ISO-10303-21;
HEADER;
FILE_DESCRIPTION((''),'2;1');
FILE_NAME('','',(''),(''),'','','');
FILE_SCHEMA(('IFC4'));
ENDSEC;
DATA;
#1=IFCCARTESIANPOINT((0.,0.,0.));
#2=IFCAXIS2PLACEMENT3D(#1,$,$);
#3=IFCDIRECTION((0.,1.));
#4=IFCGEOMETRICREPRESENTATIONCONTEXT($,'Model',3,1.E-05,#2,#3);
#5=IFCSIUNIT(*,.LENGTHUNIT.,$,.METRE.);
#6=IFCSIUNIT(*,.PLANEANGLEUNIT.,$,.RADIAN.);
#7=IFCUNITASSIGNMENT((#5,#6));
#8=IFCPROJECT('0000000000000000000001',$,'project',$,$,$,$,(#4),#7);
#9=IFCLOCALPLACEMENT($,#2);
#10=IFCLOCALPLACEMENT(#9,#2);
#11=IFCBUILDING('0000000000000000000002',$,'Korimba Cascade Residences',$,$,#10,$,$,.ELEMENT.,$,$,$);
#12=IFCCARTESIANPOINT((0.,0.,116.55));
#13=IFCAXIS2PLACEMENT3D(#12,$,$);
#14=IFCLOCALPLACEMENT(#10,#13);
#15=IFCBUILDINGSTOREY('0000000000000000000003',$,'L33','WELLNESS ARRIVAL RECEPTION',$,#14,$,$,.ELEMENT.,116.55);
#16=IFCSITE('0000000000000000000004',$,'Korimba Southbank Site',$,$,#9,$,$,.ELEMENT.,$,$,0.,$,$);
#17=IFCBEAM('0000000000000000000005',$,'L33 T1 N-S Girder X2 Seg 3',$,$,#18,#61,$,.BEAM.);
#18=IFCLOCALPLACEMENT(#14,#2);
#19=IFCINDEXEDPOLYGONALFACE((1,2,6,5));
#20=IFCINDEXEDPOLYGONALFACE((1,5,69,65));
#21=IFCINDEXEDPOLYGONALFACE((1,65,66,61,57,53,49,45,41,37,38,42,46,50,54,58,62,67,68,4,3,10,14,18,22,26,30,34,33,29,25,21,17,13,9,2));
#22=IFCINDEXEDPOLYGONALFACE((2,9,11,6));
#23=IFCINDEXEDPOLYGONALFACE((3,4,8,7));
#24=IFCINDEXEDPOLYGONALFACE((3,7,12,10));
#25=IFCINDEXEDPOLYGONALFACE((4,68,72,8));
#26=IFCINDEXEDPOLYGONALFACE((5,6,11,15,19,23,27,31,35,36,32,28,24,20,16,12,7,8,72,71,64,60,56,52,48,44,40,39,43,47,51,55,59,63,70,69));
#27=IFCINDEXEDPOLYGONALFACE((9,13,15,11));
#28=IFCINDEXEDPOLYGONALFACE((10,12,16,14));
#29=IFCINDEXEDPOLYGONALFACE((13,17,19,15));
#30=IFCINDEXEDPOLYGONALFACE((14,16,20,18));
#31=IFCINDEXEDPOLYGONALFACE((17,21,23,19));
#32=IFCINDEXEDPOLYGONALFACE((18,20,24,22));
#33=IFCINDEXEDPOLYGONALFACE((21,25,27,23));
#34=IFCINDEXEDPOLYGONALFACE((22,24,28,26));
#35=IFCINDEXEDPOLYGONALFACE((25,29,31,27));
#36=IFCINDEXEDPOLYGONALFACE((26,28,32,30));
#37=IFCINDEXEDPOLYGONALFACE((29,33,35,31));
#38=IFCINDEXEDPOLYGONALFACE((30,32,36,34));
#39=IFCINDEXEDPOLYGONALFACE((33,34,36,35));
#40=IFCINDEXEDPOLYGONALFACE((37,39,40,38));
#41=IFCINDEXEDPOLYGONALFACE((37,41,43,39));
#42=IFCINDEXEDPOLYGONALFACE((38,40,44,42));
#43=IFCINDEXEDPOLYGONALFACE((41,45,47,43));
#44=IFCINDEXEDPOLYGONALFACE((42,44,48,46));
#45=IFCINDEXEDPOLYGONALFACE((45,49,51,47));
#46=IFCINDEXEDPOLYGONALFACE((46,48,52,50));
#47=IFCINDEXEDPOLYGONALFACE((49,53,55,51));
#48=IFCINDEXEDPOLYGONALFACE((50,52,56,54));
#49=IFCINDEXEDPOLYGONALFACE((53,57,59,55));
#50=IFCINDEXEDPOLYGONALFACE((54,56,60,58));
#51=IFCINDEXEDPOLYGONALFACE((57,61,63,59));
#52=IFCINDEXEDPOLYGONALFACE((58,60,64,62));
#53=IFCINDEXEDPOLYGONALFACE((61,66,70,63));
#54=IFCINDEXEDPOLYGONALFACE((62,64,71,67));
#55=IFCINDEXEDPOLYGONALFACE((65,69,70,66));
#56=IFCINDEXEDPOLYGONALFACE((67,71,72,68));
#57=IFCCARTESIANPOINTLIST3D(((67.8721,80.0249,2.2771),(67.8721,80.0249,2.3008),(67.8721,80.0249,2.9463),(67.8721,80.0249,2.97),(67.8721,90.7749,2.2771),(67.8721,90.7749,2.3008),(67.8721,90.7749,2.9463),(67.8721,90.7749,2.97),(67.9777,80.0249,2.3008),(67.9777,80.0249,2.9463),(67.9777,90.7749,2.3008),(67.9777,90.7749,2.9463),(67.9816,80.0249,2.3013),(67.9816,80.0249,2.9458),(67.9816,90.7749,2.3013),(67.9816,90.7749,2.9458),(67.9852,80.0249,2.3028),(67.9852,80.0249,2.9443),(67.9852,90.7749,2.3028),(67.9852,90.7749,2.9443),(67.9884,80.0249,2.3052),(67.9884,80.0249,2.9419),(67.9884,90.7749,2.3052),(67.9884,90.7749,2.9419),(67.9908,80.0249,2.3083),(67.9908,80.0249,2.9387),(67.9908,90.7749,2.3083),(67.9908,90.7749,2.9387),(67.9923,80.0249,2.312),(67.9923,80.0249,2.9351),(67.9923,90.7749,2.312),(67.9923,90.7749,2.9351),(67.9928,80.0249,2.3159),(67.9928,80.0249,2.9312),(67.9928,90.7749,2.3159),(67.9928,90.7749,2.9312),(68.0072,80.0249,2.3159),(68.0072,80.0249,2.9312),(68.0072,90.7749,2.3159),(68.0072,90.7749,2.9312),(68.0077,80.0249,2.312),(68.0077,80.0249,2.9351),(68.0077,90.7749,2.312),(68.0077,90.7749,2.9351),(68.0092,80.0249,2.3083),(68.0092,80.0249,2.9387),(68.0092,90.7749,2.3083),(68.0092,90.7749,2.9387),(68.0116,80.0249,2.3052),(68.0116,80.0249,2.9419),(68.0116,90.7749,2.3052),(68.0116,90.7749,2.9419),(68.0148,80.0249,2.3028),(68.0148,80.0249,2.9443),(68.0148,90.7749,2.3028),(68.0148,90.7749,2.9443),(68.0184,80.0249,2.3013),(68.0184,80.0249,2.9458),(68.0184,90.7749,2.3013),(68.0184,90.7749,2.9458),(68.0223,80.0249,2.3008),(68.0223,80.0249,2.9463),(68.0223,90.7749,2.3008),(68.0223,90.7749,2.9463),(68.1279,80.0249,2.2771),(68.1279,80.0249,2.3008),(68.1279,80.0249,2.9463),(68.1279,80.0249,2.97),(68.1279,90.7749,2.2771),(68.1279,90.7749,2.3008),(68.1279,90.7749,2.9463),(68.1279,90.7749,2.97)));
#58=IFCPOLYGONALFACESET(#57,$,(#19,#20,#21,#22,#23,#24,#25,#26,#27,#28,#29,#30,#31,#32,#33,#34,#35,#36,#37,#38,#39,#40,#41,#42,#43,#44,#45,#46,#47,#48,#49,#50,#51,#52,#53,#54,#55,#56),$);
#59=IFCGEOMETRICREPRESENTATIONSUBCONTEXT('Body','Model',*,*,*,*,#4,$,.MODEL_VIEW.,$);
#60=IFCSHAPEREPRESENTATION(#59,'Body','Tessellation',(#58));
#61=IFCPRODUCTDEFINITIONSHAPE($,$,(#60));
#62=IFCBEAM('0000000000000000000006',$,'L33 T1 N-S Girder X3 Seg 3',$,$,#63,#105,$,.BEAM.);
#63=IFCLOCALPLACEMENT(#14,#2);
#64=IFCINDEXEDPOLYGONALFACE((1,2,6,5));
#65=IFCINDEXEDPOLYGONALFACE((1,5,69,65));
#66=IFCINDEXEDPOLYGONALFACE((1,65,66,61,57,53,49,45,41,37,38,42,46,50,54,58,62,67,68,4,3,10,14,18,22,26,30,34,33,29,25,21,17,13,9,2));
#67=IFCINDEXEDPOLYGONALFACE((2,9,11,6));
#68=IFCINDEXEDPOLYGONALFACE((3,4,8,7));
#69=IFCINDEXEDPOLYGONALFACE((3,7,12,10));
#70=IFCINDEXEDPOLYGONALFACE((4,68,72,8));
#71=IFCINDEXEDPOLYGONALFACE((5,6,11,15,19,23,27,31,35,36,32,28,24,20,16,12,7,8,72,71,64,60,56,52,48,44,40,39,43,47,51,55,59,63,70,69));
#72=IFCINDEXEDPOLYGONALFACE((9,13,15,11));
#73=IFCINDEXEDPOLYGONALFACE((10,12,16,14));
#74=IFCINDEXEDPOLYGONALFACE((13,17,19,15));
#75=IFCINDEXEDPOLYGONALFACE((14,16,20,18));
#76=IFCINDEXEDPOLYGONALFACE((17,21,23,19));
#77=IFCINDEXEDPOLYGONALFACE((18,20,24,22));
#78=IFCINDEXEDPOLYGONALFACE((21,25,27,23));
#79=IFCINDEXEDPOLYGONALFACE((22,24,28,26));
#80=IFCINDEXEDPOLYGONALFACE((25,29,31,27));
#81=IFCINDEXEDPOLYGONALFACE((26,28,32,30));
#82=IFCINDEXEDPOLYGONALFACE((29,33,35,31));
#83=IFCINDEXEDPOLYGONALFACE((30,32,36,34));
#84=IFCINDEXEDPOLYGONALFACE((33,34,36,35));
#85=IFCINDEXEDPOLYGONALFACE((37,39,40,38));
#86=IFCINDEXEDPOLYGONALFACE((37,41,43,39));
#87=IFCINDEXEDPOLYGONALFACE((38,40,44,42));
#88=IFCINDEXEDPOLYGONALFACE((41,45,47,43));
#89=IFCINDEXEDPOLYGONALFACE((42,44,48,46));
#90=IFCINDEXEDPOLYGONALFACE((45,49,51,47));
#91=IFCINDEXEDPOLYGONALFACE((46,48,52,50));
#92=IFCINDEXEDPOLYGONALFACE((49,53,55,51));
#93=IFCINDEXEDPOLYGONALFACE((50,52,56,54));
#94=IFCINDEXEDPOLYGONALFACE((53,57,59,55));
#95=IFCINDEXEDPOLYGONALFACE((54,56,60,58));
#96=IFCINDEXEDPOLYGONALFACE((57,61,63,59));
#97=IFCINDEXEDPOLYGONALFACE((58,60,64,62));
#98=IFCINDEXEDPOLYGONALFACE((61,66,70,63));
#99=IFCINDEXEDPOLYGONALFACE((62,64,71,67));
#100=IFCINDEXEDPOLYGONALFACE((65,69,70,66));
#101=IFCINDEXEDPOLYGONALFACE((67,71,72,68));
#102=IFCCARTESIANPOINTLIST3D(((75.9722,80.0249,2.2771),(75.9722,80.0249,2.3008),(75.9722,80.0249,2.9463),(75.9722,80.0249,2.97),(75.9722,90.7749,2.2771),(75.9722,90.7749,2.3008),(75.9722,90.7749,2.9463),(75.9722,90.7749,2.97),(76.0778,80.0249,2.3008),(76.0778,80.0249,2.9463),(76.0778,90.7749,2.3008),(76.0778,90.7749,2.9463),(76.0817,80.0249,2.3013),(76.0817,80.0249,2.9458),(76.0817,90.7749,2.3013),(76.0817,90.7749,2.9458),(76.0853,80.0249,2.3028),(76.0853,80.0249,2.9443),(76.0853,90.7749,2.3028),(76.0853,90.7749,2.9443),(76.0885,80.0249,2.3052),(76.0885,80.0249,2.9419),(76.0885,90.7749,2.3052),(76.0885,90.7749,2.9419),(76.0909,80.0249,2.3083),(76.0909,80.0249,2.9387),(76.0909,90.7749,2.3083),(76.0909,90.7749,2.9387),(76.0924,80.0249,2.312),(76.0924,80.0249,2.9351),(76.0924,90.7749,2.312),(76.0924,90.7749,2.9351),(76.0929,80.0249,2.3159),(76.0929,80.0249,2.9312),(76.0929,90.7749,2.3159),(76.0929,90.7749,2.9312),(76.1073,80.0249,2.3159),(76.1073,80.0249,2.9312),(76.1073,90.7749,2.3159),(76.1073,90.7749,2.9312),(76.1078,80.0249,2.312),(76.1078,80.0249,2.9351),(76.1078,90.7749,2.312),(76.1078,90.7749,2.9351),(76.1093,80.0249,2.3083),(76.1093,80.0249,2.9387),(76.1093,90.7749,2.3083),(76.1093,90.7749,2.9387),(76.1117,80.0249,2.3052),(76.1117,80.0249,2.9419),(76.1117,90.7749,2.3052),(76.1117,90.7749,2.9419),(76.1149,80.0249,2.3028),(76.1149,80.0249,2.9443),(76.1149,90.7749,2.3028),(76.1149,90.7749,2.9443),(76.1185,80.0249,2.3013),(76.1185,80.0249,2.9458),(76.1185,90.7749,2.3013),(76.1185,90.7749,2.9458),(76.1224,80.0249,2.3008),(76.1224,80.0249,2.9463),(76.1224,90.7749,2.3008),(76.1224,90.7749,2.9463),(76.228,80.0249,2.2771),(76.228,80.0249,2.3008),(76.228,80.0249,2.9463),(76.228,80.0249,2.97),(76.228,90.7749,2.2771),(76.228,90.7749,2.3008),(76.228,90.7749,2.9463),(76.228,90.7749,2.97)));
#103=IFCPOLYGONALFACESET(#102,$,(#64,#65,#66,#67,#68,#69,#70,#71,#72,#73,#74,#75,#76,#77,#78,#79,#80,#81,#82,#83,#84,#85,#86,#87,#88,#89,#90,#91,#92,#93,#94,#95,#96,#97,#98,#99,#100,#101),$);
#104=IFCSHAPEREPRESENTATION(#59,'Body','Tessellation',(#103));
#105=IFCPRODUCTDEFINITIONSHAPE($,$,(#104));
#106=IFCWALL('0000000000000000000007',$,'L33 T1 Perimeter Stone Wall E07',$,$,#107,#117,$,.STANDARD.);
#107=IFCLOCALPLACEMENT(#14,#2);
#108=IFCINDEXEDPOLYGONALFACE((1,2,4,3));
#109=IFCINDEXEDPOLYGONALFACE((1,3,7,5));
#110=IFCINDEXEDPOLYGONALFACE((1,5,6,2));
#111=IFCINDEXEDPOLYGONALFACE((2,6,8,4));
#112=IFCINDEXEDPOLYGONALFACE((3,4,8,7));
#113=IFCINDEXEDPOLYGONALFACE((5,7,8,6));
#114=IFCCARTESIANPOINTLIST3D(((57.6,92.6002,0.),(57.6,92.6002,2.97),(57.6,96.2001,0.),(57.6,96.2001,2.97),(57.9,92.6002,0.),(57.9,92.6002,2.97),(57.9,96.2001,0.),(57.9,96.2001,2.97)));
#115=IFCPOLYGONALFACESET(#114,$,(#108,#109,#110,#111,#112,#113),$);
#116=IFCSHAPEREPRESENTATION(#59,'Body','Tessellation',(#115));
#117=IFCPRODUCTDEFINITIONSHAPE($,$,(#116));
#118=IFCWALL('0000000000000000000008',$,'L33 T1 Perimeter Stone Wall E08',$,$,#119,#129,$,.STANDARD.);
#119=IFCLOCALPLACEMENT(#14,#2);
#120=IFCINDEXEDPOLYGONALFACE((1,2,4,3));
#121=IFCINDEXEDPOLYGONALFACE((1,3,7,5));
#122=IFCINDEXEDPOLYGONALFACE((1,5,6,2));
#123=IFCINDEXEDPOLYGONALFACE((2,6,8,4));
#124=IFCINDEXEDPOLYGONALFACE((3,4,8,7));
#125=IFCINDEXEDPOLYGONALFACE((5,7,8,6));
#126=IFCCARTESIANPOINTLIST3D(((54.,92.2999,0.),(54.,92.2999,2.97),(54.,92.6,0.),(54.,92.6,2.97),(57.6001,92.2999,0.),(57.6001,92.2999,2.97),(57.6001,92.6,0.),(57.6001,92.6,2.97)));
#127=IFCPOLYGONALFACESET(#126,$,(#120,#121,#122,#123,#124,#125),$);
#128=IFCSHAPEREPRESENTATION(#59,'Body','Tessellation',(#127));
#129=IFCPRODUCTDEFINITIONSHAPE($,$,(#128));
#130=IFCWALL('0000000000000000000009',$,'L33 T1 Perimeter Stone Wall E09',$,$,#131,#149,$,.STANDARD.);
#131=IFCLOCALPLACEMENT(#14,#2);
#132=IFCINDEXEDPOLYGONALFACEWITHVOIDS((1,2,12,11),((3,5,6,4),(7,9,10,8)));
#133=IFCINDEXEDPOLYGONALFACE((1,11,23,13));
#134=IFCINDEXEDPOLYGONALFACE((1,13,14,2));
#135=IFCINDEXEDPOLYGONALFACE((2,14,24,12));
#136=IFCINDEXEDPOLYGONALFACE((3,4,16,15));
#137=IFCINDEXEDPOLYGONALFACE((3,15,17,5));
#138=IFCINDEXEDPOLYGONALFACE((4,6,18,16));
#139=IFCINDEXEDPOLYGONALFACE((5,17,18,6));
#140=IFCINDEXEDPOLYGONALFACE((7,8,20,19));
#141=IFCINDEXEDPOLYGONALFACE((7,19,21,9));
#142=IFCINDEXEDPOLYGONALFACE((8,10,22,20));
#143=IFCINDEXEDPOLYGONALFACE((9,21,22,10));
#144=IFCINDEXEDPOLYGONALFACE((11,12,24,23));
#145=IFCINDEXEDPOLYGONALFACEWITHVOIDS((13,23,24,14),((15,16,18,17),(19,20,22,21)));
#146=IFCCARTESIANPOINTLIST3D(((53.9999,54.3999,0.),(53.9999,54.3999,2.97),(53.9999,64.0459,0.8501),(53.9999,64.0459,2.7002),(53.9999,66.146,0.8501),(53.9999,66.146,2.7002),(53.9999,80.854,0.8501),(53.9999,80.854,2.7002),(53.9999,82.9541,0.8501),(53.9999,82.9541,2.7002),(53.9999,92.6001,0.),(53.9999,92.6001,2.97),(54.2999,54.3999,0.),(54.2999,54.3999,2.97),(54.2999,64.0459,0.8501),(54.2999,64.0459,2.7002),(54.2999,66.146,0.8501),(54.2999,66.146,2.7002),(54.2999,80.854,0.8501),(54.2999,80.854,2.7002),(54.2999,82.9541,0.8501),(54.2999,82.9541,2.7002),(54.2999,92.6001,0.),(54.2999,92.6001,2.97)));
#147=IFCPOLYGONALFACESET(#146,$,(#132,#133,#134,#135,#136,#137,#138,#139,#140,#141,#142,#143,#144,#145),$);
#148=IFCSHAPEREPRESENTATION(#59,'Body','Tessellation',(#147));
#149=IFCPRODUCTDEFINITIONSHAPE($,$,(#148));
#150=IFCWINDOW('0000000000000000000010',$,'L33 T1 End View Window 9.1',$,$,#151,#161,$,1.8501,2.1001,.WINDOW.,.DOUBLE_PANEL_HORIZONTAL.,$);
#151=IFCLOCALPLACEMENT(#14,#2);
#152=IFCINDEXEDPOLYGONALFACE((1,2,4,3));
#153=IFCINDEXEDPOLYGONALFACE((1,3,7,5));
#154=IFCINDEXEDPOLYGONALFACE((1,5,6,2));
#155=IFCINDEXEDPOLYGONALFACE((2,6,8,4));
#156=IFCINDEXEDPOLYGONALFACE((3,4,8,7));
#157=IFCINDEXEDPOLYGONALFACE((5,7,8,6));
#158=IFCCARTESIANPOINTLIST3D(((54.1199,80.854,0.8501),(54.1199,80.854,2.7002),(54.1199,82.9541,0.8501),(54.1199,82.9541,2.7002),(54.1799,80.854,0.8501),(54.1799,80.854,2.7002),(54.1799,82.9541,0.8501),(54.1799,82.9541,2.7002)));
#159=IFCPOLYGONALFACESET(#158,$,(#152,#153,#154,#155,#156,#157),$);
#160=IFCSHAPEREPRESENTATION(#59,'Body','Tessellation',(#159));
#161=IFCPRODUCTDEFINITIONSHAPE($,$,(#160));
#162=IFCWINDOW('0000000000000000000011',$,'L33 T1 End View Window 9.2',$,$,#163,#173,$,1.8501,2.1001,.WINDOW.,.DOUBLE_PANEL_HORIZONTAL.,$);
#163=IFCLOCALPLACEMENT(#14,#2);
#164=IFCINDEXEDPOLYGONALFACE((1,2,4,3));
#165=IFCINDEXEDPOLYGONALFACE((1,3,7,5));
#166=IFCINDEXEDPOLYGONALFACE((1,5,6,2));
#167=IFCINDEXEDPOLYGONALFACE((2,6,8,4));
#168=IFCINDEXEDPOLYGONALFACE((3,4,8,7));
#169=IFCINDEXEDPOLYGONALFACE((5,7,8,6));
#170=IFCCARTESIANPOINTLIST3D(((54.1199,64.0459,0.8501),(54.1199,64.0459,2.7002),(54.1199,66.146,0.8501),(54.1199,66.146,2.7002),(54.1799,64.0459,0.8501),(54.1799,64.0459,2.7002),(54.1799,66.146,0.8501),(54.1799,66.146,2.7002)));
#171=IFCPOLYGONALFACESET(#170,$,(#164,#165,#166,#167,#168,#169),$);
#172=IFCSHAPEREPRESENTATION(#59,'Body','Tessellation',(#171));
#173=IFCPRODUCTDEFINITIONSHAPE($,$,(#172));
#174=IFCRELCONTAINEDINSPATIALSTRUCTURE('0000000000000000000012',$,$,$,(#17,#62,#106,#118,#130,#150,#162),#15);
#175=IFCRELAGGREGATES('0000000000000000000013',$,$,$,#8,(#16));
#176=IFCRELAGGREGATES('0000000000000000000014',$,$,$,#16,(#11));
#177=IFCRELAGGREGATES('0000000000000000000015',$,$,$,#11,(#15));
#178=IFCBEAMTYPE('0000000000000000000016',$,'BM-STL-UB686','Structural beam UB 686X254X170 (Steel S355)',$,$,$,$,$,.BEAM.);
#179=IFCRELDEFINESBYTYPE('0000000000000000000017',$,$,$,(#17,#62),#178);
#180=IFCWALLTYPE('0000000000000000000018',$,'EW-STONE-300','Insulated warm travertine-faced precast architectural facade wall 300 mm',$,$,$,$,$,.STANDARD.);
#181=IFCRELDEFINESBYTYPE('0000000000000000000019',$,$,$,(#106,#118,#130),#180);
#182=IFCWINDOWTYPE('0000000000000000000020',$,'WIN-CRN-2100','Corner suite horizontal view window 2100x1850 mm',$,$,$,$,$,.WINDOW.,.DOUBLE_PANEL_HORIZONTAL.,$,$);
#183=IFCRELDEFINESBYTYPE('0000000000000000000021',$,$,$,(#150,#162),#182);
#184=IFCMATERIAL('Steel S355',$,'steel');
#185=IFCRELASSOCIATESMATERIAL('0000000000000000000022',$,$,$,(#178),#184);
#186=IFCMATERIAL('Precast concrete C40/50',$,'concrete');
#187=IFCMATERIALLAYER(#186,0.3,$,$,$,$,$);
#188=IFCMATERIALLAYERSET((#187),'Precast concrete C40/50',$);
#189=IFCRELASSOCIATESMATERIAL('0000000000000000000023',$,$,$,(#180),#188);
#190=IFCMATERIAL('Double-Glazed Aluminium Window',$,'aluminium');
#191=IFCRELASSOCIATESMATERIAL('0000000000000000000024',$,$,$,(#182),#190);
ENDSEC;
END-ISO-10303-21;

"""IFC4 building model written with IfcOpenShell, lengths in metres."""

from ifc_helpers import new_model, si_unit, direction, frame, frame_2d, origin, origin_2d, place, context, subcontext, project, spatial, rectangle, i_section, extrude, material, layer, layer_set, material_profile, profile_set, type_object, element, fill, save


model = new_model("IFC4")

# Units and contexts
model_context = context("Model", 3, precision=1e-05, world=origin(), true_north=direction((0.0, 1.0)))
body_context = subcontext(model_context, "Body", "Model", "MODEL_VIEW")
ifc_project = project(units=[si_unit("LENGTHUNIT", "METRE"), si_unit("PLANEANGLEUNIT", "RADIAN")], contexts=[model_context])

# Site, building, storey
site_placement = place(None, origin())
site = spatial("IfcSite", under=ifc_project, at=site_placement, Name="Korimba Southbank Site", CompositionType="ELEMENT", RefElevation=0.0)
building_placement = place(site_placement, origin())
building = spatial("IfcBuilding", under=site, at=building_placement, Name="Korimba Cascade Residences", CompositionType="ELEMENT")
storey_placement = place(building_placement, frame((0.0, 0.0, 116.55)))
storey = spatial("IfcBuildingStorey", under=building, at=storey_placement, Name="L33", Description="WELLNESS ARRIVAL RECEPTION", CompositionType="ELEMENT", Elevation=116.55)

# Beams
ifc_material_1 = material(Name="Steel S355", Category="steel")
ifc_material_profile_1 = material_profile(ifc_material_1, i_section(OverallWidth=0.2559, OverallDepth=0.6929, WebThickness=0.0144, FlangeThickness=0.0237, FilletRadius=0.0151, at=origin_2d()), Name="Steel S355")
ifc_profile_set_1 = profile_set([ifc_material_profile_1], Name="Steel S355")
beam_type_1 = type_object("IfcBeamType", Name="BM-STL-UB686", Description="Structural beam UB 686X254X170 (Steel S355)", PredefinedType="BEAM", material=ifc_profile_set_1)
for number, where, z_axis, x_axis, name in (
    (1, (68.0, 80.0249, 2.6235), (0.0, 1.0, 0.0), (-1.0, 0.0, 0.0), "L33 T1 N-S Girder X2 Seg 3"),
    (2, (76.1001, 80.0249, 2.6235), (0.0, 1.0, 0.0), (-1.0, 0.0, 0.0), "L33 T1 N-S Girder X3 Seg 3"),
):
    element("IfcBeam", number, at=place(storey_placement, frame(where, z_axis=z_axis, x_axis=x_axis)), inside=storey, type_object=beam_type_1, Name=name, PredefinedType="BEAM", context=body_context, shape_type="SweptSolid", body=[
        extrude(i_section(OverallWidth=0.2559, OverallDepth=0.6929, WebThickness=0.0144, FlangeThickness=0.0237, FilletRadius=0.0151, at=origin_2d()), origin(), (0.0, 0.0, 1.0), 10.75),
    ])

# Walls
ifc_material_2 = material(Name="Precast concrete C40/50", Category="concrete")
ifc_layer_1 = layer(ifc_material_2, 0.3)
ifc_layer_set_1 = layer_set([ifc_layer_1], Name="Precast concrete C40/50")
wall_type_1 = type_object("IfcWallType", Name="EW-STONE-300", Description="Insulated warm travertine-faced precast architectural facade wall 300 mm", PredefinedType="STANDARD", material=ifc_layer_set_1)
wall_1_placement = place(storey_placement, frame((57.75, 96.2, 0.0), z_axis=(0.0, 0.0, 1.0), x_axis=(0.0, -1.0, 0.0)))
element("IfcWall", 3, at=wall_1_placement, inside=storey, type_object=wall_type_1, Name="L33 T1 Perimeter Stone Wall E07", PredefinedType="STANDARD", context=body_context, shape_type="SweptSolid", body=[
    extrude(rectangle(XDim=3.5999, YDim=0.3, at=frame_2d((1.7998, 0.0))), origin(), (0.0, 0.0, 1.0), 2.97),
])
wall_2_placement = place(storey_placement, frame((57.6001, 92.45, 0.0), z_axis=(0.0, 0.0, 1.0), x_axis=(-1.0, 0.0, 0.0)))
element("IfcWall", 4, at=wall_2_placement, inside=storey, type_object=wall_type_1, Name="L33 T1 Perimeter Stone Wall E08", PredefinedType="STANDARD", context=body_context, shape_type="SweptSolid", body=[
    extrude(rectangle(XDim=3.6001, YDim=0.3, at=frame_2d((1.8, 0.0))), origin(), (0.0, 0.0, 1.0), 2.97),
])

# Wall, openings, windows
wall_3_placement = place(storey_placement, frame((54.1499, 92.6001, 0.0), z_axis=(0.0, 0.0, 1.0), x_axis=(0.0, -1.0, 0.0)))
wall_3 = element("IfcWall", 5, at=wall_3_placement, inside=storey, type_object=wall_type_1, Name="L33 T1 Perimeter Stone Wall E09", PredefinedType="STANDARD", context=body_context, shape_type="SweptSolid", body=[
    extrude(rectangle(XDim=38.2002, YDim=0.3, at=frame_2d((19.1001, 0.0))), origin(), (0.0, 0.0, 1.0), 2.97),
])
opening_1_placement = place(wall_3_placement, frame((9.646, 0.0, 0.8501)))
opening_1 = element("IfcOpeningElement", 6, at=opening_1_placement, cuts=wall_3, PredefinedType="OPENING", context=body_context, shape_type="SweptSolid", body=[
    extrude(rectangle(XDim=2.1001, YDim=1.8501, at=frame_2d((1.05, 0.925))), frame((0.0, 0.1602, 0.0), z_axis=(0.0, -1.0, 0.0), x_axis=(1.0, 0.0, 0.0)), (0.0, 0.0, 1.0), 0.3201),
])
opening_2_placement = place(wall_3_placement, frame((26.4541, 0.0, 0.8501)))
opening_2 = element("IfcOpeningElement", 7, at=opening_2_placement, cuts=wall_3, PredefinedType="OPENING", context=body_context, shape_type="SweptSolid", body=[
    extrude(rectangle(XDim=2.1001, YDim=1.8501, at=frame_2d((1.05, 0.925))), frame((0.0, 0.1602, 0.0), z_axis=(0.0, -1.0, 0.0), x_axis=(1.0, 0.0, 0.0)), (0.0, 0.0, 1.0), 0.3201),
])
ifc_material_3 = material(Name="Double-Glazed Aluminium Window", Category="aluminium")
window_type = type_object("IfcWindowType", Name="WIN-CRN-2100", Description="Corner suite horizontal view window 2100x1850 mm", PartitioningType="DOUBLE_PANEL_HORIZONTAL", PredefinedType="WINDOW", material=ifc_material_3)
window_1_placement = place(opening_1_placement, origin())
window_1 = element("IfcWindow", 8, at=window_1_placement, inside=storey, type_object=window_type, Name="L33 T1 End View Window 9.1", OverallHeight=1.8501, OverallWidth=2.1001, PartitioningType="DOUBLE_PANEL_HORIZONTAL", PredefinedType="WINDOW", context=body_context, shape_type="SweptSolid", body=[
    extrude(rectangle(XDim=2.1001, YDim=1.8501, at=frame_2d((1.05, 0.925))), frame((0.0, 0.03, 0.0), z_axis=(0.0, -1.0, 0.0), x_axis=(1.0, 0.0, 0.0)), (0.0, 0.0, 1.0), 0.0601),
])
fill(opening_1, window_1)
window_2_placement = place(opening_2_placement, origin())
window_2 = element("IfcWindow", 9, at=window_2_placement, inside=storey, type_object=window_type, Name="L33 T1 End View Window 9.2", OverallHeight=1.8501, OverallWidth=2.1001, PartitioningType="DOUBLE_PANEL_HORIZONTAL", PredefinedType="WINDOW", context=body_context, shape_type="SweptSolid", body=[
    extrude(rectangle(XDim=2.1001, YDim=1.8501, at=frame_2d((1.05, 0.925))), frame((0.0, 0.03, 0.0), z_axis=(0.0, -1.0, 0.0), x_axis=(1.0, 0.0, 0.0)), (0.0, 0.0, 1.0), 0.0601),
])
fill(opening_2, window_2)

save(model, "model.ifc")
